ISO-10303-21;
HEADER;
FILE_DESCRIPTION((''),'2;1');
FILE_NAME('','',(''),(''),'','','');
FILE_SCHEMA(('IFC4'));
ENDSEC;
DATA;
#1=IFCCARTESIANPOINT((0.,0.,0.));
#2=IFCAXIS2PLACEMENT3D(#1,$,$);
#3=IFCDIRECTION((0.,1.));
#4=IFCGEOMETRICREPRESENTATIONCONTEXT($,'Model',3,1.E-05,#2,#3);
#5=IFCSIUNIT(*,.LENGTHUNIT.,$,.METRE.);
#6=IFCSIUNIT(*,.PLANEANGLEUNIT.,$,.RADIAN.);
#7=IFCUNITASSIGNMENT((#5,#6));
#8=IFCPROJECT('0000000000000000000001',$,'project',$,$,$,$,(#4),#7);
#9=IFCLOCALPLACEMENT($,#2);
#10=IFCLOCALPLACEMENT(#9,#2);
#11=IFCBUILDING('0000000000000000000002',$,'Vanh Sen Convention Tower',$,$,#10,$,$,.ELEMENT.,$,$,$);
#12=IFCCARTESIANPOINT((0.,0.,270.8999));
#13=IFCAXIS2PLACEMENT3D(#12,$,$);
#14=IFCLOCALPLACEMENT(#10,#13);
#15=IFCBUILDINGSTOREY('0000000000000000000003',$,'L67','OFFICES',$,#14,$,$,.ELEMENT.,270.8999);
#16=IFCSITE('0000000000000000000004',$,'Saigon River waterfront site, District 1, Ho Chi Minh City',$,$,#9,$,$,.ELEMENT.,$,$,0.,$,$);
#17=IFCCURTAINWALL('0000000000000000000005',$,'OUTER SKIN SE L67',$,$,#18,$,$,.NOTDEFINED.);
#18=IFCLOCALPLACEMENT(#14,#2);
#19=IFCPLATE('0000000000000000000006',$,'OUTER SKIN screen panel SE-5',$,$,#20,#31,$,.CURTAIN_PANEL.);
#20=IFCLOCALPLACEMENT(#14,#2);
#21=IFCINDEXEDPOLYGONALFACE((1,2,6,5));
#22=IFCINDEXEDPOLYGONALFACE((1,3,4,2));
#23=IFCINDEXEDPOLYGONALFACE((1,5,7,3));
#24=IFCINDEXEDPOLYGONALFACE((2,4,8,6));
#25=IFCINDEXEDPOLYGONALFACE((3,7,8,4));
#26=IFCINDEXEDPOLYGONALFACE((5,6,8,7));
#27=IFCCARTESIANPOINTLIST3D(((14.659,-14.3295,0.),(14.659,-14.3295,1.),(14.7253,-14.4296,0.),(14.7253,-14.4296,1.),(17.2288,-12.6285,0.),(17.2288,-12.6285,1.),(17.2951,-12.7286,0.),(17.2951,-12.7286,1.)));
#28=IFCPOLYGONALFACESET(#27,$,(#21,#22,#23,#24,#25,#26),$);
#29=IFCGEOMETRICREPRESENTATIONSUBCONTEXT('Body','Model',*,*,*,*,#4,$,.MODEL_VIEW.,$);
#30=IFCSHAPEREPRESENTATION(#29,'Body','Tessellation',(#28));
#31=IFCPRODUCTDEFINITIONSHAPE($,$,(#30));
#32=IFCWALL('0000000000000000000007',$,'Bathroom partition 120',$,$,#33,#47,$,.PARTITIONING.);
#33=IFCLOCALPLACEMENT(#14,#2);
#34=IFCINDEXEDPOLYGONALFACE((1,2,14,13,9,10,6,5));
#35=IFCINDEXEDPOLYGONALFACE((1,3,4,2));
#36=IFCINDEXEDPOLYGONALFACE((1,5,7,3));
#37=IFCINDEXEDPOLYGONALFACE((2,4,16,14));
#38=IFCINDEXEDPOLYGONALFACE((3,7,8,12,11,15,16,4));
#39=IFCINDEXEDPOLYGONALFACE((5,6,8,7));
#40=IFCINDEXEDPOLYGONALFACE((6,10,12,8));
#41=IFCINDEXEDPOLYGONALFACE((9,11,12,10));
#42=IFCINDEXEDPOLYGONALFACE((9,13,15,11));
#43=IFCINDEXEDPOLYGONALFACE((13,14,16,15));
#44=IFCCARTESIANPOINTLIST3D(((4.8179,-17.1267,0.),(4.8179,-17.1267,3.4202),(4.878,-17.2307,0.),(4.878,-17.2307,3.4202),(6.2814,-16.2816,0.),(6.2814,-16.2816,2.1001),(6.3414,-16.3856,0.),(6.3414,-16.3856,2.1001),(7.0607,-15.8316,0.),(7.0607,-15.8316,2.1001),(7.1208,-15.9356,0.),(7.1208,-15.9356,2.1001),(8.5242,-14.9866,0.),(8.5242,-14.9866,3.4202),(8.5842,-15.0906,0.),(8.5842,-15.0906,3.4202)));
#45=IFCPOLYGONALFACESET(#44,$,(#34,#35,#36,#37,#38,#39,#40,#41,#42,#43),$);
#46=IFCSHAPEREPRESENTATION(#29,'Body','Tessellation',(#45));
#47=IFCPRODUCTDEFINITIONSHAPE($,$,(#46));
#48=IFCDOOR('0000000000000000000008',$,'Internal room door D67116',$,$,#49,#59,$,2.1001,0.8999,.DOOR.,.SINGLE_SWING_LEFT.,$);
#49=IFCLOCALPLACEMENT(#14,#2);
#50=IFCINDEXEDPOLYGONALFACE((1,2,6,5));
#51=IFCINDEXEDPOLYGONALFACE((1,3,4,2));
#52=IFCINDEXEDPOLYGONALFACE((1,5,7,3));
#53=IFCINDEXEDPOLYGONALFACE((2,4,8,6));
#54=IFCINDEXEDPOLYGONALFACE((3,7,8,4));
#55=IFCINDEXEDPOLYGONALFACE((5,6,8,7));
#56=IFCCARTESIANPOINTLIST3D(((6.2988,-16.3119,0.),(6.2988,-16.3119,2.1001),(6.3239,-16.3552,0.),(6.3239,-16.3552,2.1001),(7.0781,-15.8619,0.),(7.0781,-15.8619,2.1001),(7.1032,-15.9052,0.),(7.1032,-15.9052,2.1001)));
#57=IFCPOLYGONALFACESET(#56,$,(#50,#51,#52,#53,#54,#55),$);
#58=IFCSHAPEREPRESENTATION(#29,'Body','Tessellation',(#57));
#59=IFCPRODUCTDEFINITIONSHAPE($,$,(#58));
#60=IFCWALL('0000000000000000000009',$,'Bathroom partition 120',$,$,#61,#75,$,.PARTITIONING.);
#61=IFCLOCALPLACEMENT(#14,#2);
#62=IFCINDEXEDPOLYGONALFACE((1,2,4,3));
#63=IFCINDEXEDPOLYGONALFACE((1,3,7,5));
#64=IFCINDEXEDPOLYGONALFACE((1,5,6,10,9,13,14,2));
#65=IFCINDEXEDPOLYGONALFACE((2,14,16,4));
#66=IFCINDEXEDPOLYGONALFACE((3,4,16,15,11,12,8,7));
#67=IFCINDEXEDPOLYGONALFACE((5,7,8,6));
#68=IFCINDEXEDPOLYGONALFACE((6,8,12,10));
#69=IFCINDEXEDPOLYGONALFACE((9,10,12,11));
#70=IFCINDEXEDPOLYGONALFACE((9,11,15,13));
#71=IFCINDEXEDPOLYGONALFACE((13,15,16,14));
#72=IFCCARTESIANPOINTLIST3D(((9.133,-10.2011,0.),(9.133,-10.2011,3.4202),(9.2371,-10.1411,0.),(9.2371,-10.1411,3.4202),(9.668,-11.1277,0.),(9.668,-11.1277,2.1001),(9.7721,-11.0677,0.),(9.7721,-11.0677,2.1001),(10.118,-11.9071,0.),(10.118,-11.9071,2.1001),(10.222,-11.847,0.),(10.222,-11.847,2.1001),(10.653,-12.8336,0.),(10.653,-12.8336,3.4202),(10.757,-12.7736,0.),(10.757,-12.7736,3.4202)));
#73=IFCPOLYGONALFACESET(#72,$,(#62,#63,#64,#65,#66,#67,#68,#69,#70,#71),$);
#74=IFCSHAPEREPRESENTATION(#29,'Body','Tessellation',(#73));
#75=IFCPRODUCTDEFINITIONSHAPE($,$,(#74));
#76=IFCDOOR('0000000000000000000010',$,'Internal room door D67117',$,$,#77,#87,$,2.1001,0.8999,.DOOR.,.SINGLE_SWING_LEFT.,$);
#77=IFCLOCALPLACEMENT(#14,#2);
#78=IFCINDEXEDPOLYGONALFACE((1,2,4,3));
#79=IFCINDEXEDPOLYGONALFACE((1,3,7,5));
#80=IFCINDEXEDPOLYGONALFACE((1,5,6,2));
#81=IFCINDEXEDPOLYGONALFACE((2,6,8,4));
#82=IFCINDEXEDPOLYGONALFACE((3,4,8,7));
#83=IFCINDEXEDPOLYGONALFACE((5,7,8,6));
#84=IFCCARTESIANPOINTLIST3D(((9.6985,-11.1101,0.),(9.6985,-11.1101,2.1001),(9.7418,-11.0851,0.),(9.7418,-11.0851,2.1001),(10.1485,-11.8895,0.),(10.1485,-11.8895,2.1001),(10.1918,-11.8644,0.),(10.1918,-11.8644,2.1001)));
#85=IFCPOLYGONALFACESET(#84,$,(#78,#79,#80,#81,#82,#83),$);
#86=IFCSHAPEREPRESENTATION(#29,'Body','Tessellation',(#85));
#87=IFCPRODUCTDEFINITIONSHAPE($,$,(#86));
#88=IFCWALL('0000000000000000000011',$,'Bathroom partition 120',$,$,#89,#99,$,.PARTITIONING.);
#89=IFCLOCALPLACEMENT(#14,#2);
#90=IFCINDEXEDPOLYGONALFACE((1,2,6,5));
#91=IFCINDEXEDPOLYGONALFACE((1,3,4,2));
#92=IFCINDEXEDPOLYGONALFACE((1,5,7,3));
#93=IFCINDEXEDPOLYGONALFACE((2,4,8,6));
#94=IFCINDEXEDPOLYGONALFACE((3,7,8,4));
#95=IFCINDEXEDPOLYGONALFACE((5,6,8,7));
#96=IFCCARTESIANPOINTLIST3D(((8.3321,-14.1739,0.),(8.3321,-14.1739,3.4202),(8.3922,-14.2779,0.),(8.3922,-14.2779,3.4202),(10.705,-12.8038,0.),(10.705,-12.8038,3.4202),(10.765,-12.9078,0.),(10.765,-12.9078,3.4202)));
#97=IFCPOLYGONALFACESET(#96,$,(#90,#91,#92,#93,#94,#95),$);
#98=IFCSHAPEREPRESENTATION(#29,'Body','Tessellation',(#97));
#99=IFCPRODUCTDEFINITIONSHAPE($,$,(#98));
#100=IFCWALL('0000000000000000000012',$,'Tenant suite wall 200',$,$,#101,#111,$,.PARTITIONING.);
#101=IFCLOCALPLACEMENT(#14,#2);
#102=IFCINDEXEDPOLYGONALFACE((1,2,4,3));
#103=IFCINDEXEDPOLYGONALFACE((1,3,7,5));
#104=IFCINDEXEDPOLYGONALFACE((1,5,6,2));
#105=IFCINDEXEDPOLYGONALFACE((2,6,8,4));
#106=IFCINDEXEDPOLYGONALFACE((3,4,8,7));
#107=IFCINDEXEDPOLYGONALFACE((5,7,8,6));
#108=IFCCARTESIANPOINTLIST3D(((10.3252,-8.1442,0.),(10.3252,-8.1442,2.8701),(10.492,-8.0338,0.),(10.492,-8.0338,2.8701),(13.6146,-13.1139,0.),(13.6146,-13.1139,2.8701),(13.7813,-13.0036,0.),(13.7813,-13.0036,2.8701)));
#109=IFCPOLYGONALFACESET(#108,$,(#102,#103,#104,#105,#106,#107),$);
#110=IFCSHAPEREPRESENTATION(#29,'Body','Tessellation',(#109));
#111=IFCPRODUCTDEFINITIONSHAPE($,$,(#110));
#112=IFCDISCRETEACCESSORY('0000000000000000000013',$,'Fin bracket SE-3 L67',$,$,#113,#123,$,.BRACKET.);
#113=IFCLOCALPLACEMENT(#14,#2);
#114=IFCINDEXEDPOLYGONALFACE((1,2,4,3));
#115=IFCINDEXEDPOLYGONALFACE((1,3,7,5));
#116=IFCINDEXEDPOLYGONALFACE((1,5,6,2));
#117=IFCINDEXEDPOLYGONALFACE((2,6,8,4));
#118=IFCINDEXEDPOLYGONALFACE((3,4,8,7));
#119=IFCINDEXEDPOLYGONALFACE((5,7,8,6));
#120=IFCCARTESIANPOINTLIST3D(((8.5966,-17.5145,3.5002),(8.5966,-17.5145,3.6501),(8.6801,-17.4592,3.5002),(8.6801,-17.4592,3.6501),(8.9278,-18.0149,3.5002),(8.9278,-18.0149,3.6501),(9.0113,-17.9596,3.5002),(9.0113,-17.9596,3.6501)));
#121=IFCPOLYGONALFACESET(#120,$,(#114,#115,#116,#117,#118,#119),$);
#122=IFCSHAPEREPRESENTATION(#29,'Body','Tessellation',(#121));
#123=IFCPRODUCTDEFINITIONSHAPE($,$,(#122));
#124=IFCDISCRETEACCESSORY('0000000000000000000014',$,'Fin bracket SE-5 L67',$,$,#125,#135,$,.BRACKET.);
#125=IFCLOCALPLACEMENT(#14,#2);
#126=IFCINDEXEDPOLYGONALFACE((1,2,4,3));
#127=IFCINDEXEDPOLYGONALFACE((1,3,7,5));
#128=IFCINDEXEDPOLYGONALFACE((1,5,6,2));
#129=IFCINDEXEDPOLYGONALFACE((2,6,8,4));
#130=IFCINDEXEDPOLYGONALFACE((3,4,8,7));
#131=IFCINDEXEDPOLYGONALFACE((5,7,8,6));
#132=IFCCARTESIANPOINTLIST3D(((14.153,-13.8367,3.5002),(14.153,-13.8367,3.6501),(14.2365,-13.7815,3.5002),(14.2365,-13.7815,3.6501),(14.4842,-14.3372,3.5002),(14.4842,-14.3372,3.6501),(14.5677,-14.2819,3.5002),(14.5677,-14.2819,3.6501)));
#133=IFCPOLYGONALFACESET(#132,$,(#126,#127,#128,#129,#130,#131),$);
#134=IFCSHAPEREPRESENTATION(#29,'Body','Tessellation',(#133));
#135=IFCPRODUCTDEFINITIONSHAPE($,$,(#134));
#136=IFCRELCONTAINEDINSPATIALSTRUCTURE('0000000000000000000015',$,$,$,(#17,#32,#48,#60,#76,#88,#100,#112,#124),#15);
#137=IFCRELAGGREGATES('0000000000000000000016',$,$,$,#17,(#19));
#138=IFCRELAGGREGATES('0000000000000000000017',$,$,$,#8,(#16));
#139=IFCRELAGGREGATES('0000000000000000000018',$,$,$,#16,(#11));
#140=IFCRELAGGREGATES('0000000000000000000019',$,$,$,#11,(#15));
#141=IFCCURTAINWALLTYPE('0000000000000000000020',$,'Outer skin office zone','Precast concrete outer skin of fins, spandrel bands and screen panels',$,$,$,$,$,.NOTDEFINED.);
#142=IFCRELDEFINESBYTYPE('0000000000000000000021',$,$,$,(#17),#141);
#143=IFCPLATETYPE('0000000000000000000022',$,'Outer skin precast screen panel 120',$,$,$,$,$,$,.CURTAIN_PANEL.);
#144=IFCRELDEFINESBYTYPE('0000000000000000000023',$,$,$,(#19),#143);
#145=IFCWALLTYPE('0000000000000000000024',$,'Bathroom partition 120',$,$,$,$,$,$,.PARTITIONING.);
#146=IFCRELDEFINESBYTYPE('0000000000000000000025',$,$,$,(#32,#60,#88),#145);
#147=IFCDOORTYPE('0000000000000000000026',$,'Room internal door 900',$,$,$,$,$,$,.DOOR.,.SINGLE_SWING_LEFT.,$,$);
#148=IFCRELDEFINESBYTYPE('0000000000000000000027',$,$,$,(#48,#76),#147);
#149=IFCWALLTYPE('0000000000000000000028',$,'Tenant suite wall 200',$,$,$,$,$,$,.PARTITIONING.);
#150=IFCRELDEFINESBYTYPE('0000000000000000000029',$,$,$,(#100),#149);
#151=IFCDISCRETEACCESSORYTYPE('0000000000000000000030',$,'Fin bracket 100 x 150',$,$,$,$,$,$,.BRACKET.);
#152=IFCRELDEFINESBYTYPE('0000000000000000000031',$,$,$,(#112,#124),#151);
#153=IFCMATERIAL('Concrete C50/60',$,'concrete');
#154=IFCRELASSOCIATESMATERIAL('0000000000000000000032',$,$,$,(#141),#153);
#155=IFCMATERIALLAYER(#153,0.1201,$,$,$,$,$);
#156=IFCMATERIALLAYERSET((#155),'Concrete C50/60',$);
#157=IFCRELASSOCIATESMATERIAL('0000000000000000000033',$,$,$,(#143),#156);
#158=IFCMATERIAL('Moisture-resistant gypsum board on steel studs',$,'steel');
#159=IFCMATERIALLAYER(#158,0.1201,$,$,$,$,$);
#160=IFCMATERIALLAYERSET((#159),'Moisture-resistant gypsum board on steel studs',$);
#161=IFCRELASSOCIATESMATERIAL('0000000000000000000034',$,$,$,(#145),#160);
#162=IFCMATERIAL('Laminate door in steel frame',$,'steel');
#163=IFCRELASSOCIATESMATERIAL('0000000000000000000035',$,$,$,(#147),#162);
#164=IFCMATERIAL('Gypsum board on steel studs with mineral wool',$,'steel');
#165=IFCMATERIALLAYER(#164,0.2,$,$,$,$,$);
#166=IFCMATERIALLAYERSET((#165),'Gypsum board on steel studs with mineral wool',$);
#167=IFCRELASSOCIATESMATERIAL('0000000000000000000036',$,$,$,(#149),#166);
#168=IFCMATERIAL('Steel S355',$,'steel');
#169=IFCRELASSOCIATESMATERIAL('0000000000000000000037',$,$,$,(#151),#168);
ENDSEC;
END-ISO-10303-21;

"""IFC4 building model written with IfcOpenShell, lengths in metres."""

from ifc_helpers import new_model, si_unit, direction, frame, frame_2d, origin, origin_2d, place, context, subcontext, project, spatial, rectangle, extrude, material, layer, layer_set, type_object, element, fill, aggregate, save


model = new_model("IFC4")

# Units and contexts
model_context = context("Model", 3, precision=1e-05, world=origin(), true_north=direction((0.0, 1.0)))
body_context = subcontext(model_context, "Body", "Model", "MODEL_VIEW")
ifc_project = project(units=[si_unit("LENGTHUNIT", "METRE"), si_unit("PLANEANGLEUNIT", "RADIAN")], contexts=[model_context])

# Site, building, storey
site_placement = place(None, origin())
site = spatial("IfcSite", under=ifc_project, at=site_placement, Name="Saigon River waterfront site, District 1, Ho Chi Minh City", CompositionType="ELEMENT", RefElevation=0.0)
building_placement = place(site_placement, origin())
building = spatial("IfcBuilding", under=site, at=building_placement, Name="Vanh Sen Convention Tower", CompositionType="ELEMENT")
storey_placement = place(building_placement, frame((0.0, 0.0, 270.8999)))
storey = spatial("IfcBuildingStorey", under=building, at=storey_placement, Name="L67", Description="OFFICES", CompositionType="ELEMENT", Elevation=270.8999)

# Curtain wall
ifc_material_1 = material(Name="Concrete C50/60", Category="concrete")
curtain_wall_type = type_object("IfcCurtainWallType", Name="Outer skin office zone", Description="Precast concrete outer skin of fins, spandrel bands and screen panels", PredefinedType="NOTDEFINED", material=ifc_material_1)
curtain_wall_1_placement = place(storey_placement, origin())
curtain_wall_1 = element("IfcCurtainWall", 1, at=curtain_wall_1_placement, inside=storey, type_object=curtain_wall_type, Name="OUTER SKIN SE L67", PredefinedType="NOTDEFINED")

# Plate
ifc_layer_1 = layer(ifc_material_1, 0.1201)
ifc_layer_set_1 = layer_set([ifc_layer_1], Name="Concrete C50/60")
plate_type = type_object("IfcPlateType", Name="Outer skin precast screen panel 120", PredefinedType="CURTAIN_PANEL", material=ifc_layer_set_1)
plate_1_placement = place(storey_placement, frame((15.9771, -13.5291, 0.0), z_axis=(0.0, 0.0, 1.0), x_axis=(0.833879, 0.551947, 0.0)))
plate_1 = element("IfcPlate", 2, at=plate_1_placement, type_object=plate_type, Name="OUTER SKIN screen panel SE-5", PredefinedType="CURTAIN_PANEL", context=body_context, shape_type="SweptSolid", body=[
    extrude(rectangle(XDim=3.0818, YDim=0.1201, at=origin_2d()), origin(), (0.0, 0.0, 1.0), 1.0),
])
aggregate(curtain_wall_1, [plate_1])

# Walls, openings, doors
ifc_material_2 = material(Name="Moisture-resistant gypsum board on steel studs", Category="steel")
ifc_layer_2 = layer(ifc_material_2, 0.1201)
ifc_layer_set_2 = layer_set([ifc_layer_2], Name="Moisture-resistant gypsum board on steel studs")
wall_type_1 = type_object("IfcWallType", Name="Bathroom partition 120", PredefinedType="PARTITIONING", material=ifc_layer_set_2)
wall_1_placement = place(storey_placement, frame((8.5542, -15.0386, 0.0), z_axis=(0.0, 0.0, 1.0), x_axis=(-0.865995, -0.500053, 0.0)))
wall_1 = element("IfcWall", 3, at=wall_1_placement, inside=storey, type_object=wall_type_1, Name="Bathroom partition 120", PredefinedType="PARTITIONING", context=body_context, shape_type="SweptSolid", body=[
    extrude(rectangle(XDim=4.2798, YDim=0.1201, at=frame_2d((2.1399, 0.0))), origin(), (0.0, 0.0, 1.0), 3.4202),
])
opening_1_placement = place(wall_1_placement, frame((1.6899, 0.0, 0.0)))
opening_1 = element("IfcOpeningElement", 4, at=opening_1_placement, cuts=wall_1, PredefinedType="OPENING", context=body_context, shape_type="SweptSolid", body=[
    extrude(rectangle(XDim=0.8999, YDim=2.1001, at=frame_2d((0.45, 1.05))), frame((0.0, 0.0701, 0.0), z_axis=(0.0, -1.0, 0.0), x_axis=(1.0, 0.0, 0.0)), (0.0, 0.0, 1.0), 0.1401),
])
ifc_material_3 = material(Name="Laminate door in steel frame", Category="steel")
door_type = type_object("IfcDoorType", Name="Room internal door 900", OperationType="SINGLE_SWING_LEFT", PredefinedType="DOOR", material=ifc_material_3)
door_1_placement = place(opening_1_placement, origin())
door_1 = element("IfcDoor", 5, at=door_1_placement, inside=storey, type_object=door_type, Name="Internal room door D67116", OperationType="SINGLE_SWING_LEFT", OverallHeight=2.1001, OverallWidth=0.8999, PredefinedType="DOOR", context=body_context, shape_type="SweptSolid", body=[
    extrude(rectangle(XDim=0.8999, YDim=2.1001, at=frame_2d((0.45, 1.05))), frame((0.0, 0.0249, 0.0), z_axis=(0.0, -1.0, 0.0), x_axis=(1.0, 0.0, 0.0)), (0.0, 0.0, 1.0), 0.05),
])
fill(opening_1, door_1)
wall_2_placement = place(storey_placement, frame((10.7051, -12.8037, 0.0), z_axis=(0.0, 0.0, 1.0), x_axis=(-0.500026, 0.86601, 0.0)))
wall_2 = element("IfcWall", 6, at=wall_2_placement, inside=storey, type_object=wall_type_1, Name="Bathroom partition 120", PredefinedType="PARTITIONING", context=body_context, shape_type="SweptSolid", body=[
    extrude(rectangle(XDim=3.0398, YDim=0.1201, at=frame_2d((1.52, 0.0))), origin(), (0.0, 0.0, 1.0), 3.4202),
])
opening_2_placement = place(wall_2_placement, frame((1.0701, 0.0, 0.0)))
opening_2 = element("IfcOpeningElement", 7, at=opening_2_placement, cuts=wall_2, PredefinedType="OPENING", context=body_context, shape_type="SweptSolid", body=[
    extrude(rectangle(XDim=0.8999, YDim=2.1001, at=frame_2d((0.45, 1.05))), frame((0.0, 0.0701, 0.0), z_axis=(0.0, -1.0, 0.0), x_axis=(1.0, 0.0, 0.0)), (0.0, 0.0, 1.0), 0.1401),
])
door_2_placement = place(opening_2_placement, origin())
door_2 = element("IfcDoor", 8, at=door_2_placement, inside=storey, type_object=door_type, Name="Internal room door D67117", OperationType="SINGLE_SWING_LEFT", OverallHeight=2.1001, OverallWidth=0.8999, PredefinedType="DOOR", context=body_context, shape_type="SweptSolid", body=[
    extrude(rectangle(XDim=0.8999, YDim=2.1001, at=frame_2d((0.45, 1.05))), frame((0.0, 0.0249, 0.0), z_axis=(0.0, -1.0, 0.0), x_axis=(1.0, 0.0, 0.0)), (0.0, 0.0, 1.0), 0.05),
])
fill(opening_2, door_2)

# Walls
wall_3_placement = place(storey_placement, frame((10.7351, -12.8557, 0.0), z_axis=(0.0, 0.0, 1.0), x_axis=(-0.865997, -0.500049, 0.0)))
element("IfcWall", 9, at=wall_3_placement, inside=storey, type_object=wall_type_1, Name="Bathroom partition 120", PredefinedType="PARTITIONING", context=body_context, shape_type="SweptSolid", body=[
    extrude(rectangle(XDim=2.74, YDim=0.1201, at=frame_2d((1.3701, 0.0))), origin(), (0.0, 0.0, 1.0), 3.4202),
])
ifc_material_4 = material(Name="Gypsum board on steel studs with mineral wool", Category="steel")
ifc_layer_3 = layer(ifc_material_4, 0.2)
ifc_layer_set_3 = layer_set([ifc_layer_3], Name="Gypsum board on steel studs with mineral wool")
wall_type_2 = type_object("IfcWallType", Name="Tenant suite wall 200", PredefinedType="PARTITIONING", material=ifc_layer_set_3)
wall_4_placement = place(storey_placement, frame((13.698, -13.0588, 0.0), z_axis=(0.0, 0.0, 1.0), x_axis=(-0.551927, 0.833892, 0.0)))
element("IfcWall", 10, at=wall_4_placement, inside=storey, type_object=wall_type_2, Name="Tenant suite wall 200", PredefinedType="PARTITIONING", context=body_context, shape_type="SweptSolid", body=[
    extrude(rectangle(XDim=5.9597, YDim=0.2, at=frame_2d((2.98, 0.0))), origin(), (0.0, 0.0, 1.0), 2.8701),
])

# Discrete accessories
ifc_material_5 = material(Name="Steel S355", Category="steel")
discrete_accessory_type = type_object("IfcDiscreteAccessoryType", Name="Fin bracket 100 x 150", PredefinedType="BRACKET", material=ifc_material_5)
for number, where, z_axis, x_axis, name in (
    (11, (8.804, -17.7371, 3.5002), (0.0, 0.0, 1.0), (0.551937, -0.833886, 0.0), "Fin bracket SE-3 L67"),
    (12, (14.3604, -14.0593, 3.5002), (0.0, 0.0, 1.0), (0.551937, -0.833886, 0.0), "Fin bracket SE-5 L67"),
):
    element("IfcDiscreteAccessory", number, at=place(storey_placement, frame(where, z_axis=z_axis, x_axis=x_axis)), inside=storey, type_object=discrete_accessory_type, Name=name, PredefinedType="BRACKET", context=body_context, shape_type="SweptSolid", body=[
        extrude(rectangle(XDim=0.6001, YDim=0.1001, at=origin_2d()), origin(), (0.0, 0.0, 1.0), 0.1499),
    ])

save(model, "model.ifc")
